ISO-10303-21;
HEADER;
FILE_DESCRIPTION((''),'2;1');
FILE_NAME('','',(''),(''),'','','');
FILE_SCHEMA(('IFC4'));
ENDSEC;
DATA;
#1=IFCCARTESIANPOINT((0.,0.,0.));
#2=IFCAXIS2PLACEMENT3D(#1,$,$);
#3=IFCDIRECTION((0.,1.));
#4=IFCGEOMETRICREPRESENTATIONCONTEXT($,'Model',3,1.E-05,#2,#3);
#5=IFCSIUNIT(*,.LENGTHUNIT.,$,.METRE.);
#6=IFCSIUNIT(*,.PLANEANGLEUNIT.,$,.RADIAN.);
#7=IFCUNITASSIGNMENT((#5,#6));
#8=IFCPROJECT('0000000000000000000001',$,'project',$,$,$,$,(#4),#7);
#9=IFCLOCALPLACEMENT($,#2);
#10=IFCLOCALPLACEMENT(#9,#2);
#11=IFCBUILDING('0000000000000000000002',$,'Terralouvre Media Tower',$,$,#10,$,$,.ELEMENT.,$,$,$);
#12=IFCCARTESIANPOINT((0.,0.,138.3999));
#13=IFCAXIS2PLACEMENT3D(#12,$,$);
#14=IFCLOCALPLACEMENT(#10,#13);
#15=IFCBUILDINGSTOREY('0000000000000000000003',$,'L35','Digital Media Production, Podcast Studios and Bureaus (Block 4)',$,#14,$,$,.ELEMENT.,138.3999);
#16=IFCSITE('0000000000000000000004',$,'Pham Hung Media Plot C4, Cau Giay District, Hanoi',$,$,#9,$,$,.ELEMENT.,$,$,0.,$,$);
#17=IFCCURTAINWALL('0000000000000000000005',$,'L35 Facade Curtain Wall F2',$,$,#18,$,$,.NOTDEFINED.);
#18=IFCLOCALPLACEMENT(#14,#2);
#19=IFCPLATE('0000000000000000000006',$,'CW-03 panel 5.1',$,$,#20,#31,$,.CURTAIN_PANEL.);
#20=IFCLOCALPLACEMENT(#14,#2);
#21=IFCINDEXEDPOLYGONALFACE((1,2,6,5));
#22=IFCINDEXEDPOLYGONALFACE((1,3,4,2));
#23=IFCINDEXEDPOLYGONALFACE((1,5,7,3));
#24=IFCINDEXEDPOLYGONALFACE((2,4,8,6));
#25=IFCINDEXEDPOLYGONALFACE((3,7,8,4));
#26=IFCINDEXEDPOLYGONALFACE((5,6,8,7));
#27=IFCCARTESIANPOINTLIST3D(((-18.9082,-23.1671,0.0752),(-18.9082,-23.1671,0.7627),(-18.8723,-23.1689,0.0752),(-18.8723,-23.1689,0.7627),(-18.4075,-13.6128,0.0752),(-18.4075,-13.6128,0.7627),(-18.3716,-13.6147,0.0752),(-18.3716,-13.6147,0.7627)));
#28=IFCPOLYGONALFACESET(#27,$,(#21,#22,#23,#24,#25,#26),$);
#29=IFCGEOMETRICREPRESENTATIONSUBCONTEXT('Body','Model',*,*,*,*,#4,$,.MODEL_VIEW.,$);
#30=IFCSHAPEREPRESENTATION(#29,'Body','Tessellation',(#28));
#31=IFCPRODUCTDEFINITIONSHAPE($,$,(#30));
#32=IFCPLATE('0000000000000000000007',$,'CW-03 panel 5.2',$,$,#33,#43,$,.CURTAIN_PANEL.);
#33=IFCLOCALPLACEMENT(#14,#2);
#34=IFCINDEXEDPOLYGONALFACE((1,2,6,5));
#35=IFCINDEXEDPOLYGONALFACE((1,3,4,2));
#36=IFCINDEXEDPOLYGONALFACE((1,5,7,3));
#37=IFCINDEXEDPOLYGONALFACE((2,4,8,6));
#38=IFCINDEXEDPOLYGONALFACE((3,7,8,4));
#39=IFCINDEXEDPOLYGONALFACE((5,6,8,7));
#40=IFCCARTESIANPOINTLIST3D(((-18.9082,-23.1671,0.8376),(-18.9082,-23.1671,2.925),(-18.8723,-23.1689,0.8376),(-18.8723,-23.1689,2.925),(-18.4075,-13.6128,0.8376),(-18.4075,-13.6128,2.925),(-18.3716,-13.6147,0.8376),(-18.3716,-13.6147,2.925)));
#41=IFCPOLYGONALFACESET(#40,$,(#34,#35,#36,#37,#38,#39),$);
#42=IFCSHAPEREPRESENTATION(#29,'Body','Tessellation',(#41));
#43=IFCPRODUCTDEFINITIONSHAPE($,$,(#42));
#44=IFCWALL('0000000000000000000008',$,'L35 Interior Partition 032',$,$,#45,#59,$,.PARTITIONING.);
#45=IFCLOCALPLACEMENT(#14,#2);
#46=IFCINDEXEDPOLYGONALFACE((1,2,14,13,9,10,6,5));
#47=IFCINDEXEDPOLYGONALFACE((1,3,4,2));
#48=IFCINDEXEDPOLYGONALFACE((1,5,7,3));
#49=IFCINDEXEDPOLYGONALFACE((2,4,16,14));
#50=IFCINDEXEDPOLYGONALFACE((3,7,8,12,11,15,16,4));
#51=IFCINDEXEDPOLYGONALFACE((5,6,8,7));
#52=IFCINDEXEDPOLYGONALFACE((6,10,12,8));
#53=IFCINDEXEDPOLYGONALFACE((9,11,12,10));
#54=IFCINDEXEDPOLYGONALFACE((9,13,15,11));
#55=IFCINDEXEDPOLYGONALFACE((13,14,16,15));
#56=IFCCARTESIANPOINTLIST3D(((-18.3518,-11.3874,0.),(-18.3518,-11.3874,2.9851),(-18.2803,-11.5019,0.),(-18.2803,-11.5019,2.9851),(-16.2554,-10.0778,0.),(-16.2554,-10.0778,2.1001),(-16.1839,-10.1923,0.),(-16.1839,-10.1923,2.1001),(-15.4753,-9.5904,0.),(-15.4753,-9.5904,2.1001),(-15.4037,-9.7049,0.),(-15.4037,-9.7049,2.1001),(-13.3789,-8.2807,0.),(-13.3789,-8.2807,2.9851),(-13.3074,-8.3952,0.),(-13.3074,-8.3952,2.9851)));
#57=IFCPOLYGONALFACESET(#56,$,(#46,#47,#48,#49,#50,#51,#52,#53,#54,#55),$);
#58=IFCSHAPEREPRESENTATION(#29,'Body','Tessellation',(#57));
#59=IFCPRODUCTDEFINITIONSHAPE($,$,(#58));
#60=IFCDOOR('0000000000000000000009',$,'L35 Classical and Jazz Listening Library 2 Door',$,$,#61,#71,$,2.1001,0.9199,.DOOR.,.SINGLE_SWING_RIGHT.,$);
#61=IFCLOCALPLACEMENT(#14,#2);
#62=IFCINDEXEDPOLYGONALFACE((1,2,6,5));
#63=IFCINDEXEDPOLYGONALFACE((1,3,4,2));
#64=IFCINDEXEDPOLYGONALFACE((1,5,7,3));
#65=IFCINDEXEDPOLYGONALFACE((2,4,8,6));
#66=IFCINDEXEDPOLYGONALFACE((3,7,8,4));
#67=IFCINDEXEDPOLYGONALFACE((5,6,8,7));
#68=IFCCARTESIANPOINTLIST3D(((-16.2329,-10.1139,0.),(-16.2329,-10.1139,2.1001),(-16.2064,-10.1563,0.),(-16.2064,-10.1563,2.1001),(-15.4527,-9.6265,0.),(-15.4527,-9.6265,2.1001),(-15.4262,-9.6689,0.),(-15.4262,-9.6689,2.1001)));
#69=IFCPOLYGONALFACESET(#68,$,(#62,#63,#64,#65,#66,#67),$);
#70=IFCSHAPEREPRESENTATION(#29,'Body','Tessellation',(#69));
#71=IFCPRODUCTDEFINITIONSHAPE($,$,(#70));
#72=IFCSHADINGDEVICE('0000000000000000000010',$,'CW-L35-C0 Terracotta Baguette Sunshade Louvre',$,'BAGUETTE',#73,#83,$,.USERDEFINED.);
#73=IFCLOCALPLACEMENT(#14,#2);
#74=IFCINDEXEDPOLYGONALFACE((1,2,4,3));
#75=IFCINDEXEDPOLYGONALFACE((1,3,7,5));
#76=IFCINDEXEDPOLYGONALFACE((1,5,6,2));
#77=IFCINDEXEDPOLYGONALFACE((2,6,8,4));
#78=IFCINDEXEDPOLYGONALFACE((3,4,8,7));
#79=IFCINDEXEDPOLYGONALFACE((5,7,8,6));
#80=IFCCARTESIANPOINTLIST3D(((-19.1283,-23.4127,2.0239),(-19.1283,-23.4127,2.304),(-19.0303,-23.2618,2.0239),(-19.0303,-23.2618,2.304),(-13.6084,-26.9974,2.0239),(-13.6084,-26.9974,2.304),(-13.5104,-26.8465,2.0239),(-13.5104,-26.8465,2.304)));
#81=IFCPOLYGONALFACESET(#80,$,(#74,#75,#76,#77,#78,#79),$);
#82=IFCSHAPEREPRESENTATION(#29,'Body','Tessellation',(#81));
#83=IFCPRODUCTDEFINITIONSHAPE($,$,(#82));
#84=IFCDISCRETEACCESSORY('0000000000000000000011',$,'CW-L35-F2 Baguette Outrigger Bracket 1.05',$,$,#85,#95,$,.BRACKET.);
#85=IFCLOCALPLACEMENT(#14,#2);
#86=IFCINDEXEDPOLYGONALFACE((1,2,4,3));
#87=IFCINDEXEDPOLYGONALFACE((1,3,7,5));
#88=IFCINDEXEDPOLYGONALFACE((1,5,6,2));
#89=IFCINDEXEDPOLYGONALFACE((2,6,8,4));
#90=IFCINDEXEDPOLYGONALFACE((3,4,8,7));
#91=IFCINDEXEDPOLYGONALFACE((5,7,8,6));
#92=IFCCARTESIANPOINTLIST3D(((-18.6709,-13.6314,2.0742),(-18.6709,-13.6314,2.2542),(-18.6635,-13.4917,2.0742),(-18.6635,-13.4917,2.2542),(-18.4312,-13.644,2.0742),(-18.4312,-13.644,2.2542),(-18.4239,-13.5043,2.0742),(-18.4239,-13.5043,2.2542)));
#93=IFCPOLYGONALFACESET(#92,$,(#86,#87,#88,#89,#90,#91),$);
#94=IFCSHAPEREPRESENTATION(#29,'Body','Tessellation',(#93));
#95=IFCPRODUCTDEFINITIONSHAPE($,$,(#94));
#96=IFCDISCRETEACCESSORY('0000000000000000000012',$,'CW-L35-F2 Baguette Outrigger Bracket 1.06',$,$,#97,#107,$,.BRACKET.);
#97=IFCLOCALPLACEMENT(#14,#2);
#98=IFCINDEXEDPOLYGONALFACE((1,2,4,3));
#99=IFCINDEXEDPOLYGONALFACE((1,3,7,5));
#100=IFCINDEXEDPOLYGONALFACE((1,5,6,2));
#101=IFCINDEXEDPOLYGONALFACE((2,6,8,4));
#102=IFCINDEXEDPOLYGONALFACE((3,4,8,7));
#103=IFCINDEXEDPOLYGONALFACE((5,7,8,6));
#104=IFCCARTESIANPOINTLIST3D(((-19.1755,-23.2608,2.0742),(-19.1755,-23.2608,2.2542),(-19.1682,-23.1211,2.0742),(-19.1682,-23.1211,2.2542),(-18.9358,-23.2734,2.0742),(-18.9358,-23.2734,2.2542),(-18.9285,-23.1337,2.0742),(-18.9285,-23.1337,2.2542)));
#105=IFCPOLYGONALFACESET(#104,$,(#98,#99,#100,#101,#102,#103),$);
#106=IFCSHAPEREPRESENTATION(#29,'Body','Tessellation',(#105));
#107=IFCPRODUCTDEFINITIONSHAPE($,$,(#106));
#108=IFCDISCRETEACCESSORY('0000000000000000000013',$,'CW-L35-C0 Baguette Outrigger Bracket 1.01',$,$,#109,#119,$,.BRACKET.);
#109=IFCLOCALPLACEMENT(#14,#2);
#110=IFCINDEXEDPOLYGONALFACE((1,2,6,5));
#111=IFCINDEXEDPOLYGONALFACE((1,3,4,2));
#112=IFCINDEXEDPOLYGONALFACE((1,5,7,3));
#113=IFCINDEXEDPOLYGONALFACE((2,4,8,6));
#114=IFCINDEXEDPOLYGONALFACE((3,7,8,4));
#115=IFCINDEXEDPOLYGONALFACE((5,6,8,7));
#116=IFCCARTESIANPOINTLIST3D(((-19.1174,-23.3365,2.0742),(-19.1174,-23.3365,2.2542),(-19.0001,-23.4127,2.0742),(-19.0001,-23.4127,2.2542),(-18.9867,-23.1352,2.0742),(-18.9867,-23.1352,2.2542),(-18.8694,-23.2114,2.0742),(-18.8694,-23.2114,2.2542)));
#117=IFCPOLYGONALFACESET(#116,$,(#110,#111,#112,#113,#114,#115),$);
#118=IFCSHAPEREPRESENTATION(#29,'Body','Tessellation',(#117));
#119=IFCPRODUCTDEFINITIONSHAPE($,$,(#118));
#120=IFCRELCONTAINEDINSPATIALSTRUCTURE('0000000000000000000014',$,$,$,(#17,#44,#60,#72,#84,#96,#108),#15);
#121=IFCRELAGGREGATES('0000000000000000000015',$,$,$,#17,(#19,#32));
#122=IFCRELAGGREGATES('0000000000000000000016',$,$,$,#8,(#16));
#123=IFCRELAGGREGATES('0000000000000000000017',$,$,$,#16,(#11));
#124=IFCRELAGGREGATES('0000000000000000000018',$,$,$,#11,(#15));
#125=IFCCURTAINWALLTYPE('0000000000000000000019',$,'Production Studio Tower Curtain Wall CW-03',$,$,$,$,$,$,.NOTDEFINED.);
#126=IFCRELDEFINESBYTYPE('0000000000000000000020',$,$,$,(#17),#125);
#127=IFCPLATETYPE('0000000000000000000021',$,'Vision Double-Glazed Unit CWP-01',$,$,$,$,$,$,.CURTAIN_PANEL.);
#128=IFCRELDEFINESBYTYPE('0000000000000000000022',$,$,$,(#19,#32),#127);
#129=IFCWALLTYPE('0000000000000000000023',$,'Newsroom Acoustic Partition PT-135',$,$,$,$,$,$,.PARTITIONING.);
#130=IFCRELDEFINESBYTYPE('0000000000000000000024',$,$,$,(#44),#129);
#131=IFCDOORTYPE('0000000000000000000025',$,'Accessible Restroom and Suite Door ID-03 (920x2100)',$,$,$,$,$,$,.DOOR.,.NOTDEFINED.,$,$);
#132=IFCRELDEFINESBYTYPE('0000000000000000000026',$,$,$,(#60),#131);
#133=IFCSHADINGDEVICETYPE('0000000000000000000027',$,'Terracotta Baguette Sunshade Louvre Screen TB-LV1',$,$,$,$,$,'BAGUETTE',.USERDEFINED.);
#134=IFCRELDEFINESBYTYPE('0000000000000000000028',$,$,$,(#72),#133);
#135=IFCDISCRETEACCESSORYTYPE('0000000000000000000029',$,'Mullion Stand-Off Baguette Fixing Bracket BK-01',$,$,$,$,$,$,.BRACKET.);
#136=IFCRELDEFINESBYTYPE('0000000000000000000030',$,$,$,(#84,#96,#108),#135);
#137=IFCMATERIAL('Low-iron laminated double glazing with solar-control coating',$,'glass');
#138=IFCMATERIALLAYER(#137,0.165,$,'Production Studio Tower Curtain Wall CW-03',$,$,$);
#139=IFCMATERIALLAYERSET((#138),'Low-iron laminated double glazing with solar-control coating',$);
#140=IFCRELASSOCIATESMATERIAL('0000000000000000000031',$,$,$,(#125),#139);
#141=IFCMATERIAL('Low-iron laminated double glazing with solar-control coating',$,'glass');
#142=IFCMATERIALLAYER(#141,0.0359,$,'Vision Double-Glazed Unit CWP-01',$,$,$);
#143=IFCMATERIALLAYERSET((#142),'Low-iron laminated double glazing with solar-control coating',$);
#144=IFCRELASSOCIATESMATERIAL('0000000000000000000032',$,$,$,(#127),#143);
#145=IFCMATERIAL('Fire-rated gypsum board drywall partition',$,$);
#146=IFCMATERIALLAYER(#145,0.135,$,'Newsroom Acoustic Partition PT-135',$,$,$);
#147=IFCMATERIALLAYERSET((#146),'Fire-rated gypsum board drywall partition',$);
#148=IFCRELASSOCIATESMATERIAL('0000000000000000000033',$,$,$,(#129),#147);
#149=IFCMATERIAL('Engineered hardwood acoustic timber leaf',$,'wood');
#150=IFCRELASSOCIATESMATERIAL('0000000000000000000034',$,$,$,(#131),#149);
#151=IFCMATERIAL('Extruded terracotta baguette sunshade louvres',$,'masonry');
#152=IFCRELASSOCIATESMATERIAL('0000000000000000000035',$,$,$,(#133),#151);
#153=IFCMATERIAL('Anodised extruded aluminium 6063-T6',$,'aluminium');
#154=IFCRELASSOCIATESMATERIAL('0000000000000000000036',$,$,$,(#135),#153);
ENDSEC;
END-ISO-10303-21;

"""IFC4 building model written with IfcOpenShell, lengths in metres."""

from ifc_helpers import new_model, si_unit, direction, frame, frame_2d, origin, origin_2d, place, context, subcontext, project, spatial, rectangle, extrude, material, layer, layer_set, type_object, element, fill, aggregate, save


model = new_model("IFC4")

# Units and contexts
model_context = context("Model", 3, precision=1e-05, world=origin(), true_north=direction((0.0, 1.0)))
body_context = subcontext(model_context, "Body", "Model", "MODEL_VIEW")
ifc_project = project(units=[si_unit("LENGTHUNIT", "METRE"), si_unit("PLANEANGLEUNIT", "RADIAN")], contexts=[model_context])

# Site, building, storey
site_placement = place(None, origin())
site = spatial("IfcSite", under=ifc_project, at=site_placement, Name="Pham Hung Media Plot C4, Cau Giay District, Hanoi", CompositionType="ELEMENT", RefElevation=0.0)
building_placement = place(site_placement, origin())
building = spatial("IfcBuilding", under=site, at=building_placement, Name="Terralouvre Media Tower", CompositionType="ELEMENT")
storey_placement = place(building_placement, frame((0.0, 0.0, 138.3999)))
storey = spatial("IfcBuildingStorey", under=building, at=storey_placement, Name="L35", Description="Digital Media Production, Podcast Studios and Bureaus (Block 4)", CompositionType="ELEMENT", Elevation=138.3999)

# Curtain wall
ifc_material_1 = material(Name="Low-iron laminated double glazing with solar-control coating", Category="glass")
ifc_layer_1 = layer(ifc_material_1, 0.165, Name="Production Studio Tower Curtain Wall CW-03")
ifc_layer_set_1 = layer_set([ifc_layer_1], Name="Low-iron laminated double glazing with solar-control coating")
curtain_wall_type_1 = type_object("IfcCurtainWallType", Name="Production Studio Tower Curtain Wall CW-03", PredefinedType="NOTDEFINED", material=ifc_layer_set_1)
curtain_wall_1_placement = place(storey_placement, origin())
curtain_wall_1 = element("IfcCurtainWall", 1, at=curtain_wall_1_placement, inside=storey, type_object=curtain_wall_type_1, Name="L35 Facade Curtain Wall F2", PredefinedType="NOTDEFINED")

# Plates
ifc_material_2 = material(Name="Low-iron laminated double glazing with solar-control coating", Category="glass")
ifc_layer_2 = layer(ifc_material_2, 0.0359, Name="Vision Double-Glazed Unit CWP-01")
ifc_layer_set_2 = layer_set([ifc_layer_2], Name="Low-iron laminated double glazing with solar-control coating")
plate_type_1 = type_object("IfcPlateType", Name="Vision Double-Glazed Unit CWP-01", PredefinedType="CURTAIN_PANEL", material=ifc_layer_set_2)
plate_1_placement = place(storey_placement, frame((-18.6399, -18.3909, 0.0752), z_axis=(0.0, 0.0, 1.0), x_axis=(-0.052336, -0.99863, 0.0)))
plate_1 = element("IfcPlate", 2, at=plate_1_placement, type_object=plate_type_1, Name="CW-03 panel 5.1", PredefinedType="CURTAIN_PANEL", context=body_context, shape_type="SweptSolid", body=[
    extrude(rectangle(XDim=9.5674, YDim=0.0359, at=origin_2d()), origin(), (0.0, 0.0, 1.0), 0.6875),
])
plate_2_placement = place(storey_placement, frame((-18.6399, -18.3909, 0.8376), z_axis=(0.0, 0.0, 1.0), x_axis=(-0.052336, -0.99863, 0.0)))
plate_2 = element("IfcPlate", 3, at=plate_2_placement, type_object=plate_type_1, Name="CW-03 panel 5.2", PredefinedType="CURTAIN_PANEL", context=body_context, shape_type="SweptSolid", body=[
    extrude(rectangle(XDim=9.5674, YDim=0.0359, at=origin_2d()), origin(), (0.0, 0.0, 1.0), 2.0874),
])
aggregate(curtain_wall_1, [plate_1, plate_2])

# Wall, opening, door
ifc_material_3 = material(Name="Fire-rated gypsum board drywall partition")
ifc_layer_3 = layer(ifc_material_3, 0.135, Name="Newsroom Acoustic Partition PT-135")
ifc_layer_set_3 = layer_set([ifc_layer_3], Name="Fire-rated gypsum board drywall partition")
wall_type = type_object("IfcWallType", Name="Newsroom Acoustic Partition PT-135", PredefinedType="PARTITIONING", material=ifc_layer_set_3)
wall_placement = place(storey_placement, frame((-18.3159, -11.4446, 0.0), z_axis=(0.0, 0.0, 1.0), x_axis=(0.848104, 0.529831, 0.0)))
wall = element("IfcWall", 4, at=wall_placement, inside=storey, type_object=wall_type, Name="L35 Interior Partition 032", PredefinedType="PARTITIONING", context=body_context, shape_type="SweptSolid", body=[
    extrude(rectangle(XDim=5.8635, YDim=0.135, at=frame_2d((2.9316, 0.0))), origin(), (0.0, 0.0, 1.0), 2.9851),
])
opening_placement = place(wall_placement, frame((2.4717, 0.0, 0.0)))
opening = element("IfcOpeningElement", 5, at=opening_placement, cuts=wall, PredefinedType="OPENING", context=body_context, shape_type="SweptSolid", body=[
    extrude(rectangle(XDim=0.9199, YDim=2.1001, at=frame_2d((0.46, 1.05))), frame((0.0, 0.0774, 0.0), z_axis=(0.0, -1.0, 0.0), x_axis=(1.0, 0.0, 0.0)), (0.0, 0.0, 1.0), 0.155),
])
ifc_material_4 = material(Name="Engineered hardwood acoustic timber leaf", Category="wood")
door_type = type_object("IfcDoorType", Name="Accessible Restroom and Suite Door ID-03 (920x2100)", OperationType="NOTDEFINED", PredefinedType="DOOR", material=ifc_material_4)
door_placement = place(opening_placement, origin())
door = element("IfcDoor", 6, at=door_placement, inside=storey, type_object=door_type, Name="L35 Classical and Jazz Listening Library 2 Door", OperationType="SINGLE_SWING_RIGHT", OverallHeight=2.1001, OverallWidth=0.9199, PredefinedType="DOOR", context=body_context, shape_type="SweptSolid", body=[
    extrude(rectangle(XDim=0.9199, YDim=2.1001, at=frame_2d((0.46, 1.05))), frame((0.0, 0.0249, 0.0), z_axis=(0.0, -1.0, 0.0), x_axis=(1.0, 0.0, 0.0)), (0.0, 0.0, 1.0), 0.05),
])
fill(opening, door)

# Shading device
ifc_material_5 = material(Name="Extruded terracotta baguette sunshade louvres", Category="masonry")
shading_device_type = type_object("IfcShadingDeviceType", Name="Terracotta Baguette Sunshade Louvre Screen TB-LV1", ElementType="BAGUETTE", PredefinedType="USERDEFINED", material=ifc_material_5)
shading_device_placement = place(storey_placement, frame((-16.3193, -25.1296, 2.0239), z_axis=(0.0, 0.0, 1.0), x_axis=(0.83867, -0.544639, 0.0)))
element("IfcShadingDevice", 7, at=shading_device_placement, inside=storey, type_object=shading_device_type, Name="CW-L35-C0 Terracotta Baguette Sunshade Louvre", ObjectType="BAGUETTE", PredefinedType="USERDEFINED", context=body_context, shape_type="SweptSolid", body=[
    extrude(rectangle(XDim=6.5818, YDim=0.1799, at=origin_2d()), origin(), (0.0, 0.0, 1.0), 0.28),
])

# Discrete accessories
ifc_material_6 = material(Name="Anodised extruded aluminium 6063-T6", Category="aluminium")
discrete_accessory_type = type_object("IfcDiscreteAccessoryType", Name="Mullion Stand-Off Baguette Fixing Bracket BK-01", PredefinedType="BRACKET", material=ifc_material_6)
for number, where, z_axis, x_axis, name in (
    (8, (-18.5474, -13.5679, 2.0742), (0.0, 0.0, 1.0), (-0.052336, -0.99863, 0.0), "CW-L35-F2 Baguette Outrigger Bracket 1.05"),
    (9, (-19.052, -23.1973, 2.0742), (0.0, 0.0, 1.0), (-0.052336, -0.99863, 0.0), "CW-L35-F2 Baguette Outrigger Bracket 1.06"),
    (10, (-18.9934, -23.2739, 2.0742), (0.0, 0.0, 1.0), (0.83867, -0.544639, 0.0), "CW-L35-C0 Baguette Outrigger Bracket 1.01"),
):
    element("IfcDiscreteAccessory", number, at=place(storey_placement, frame(where, z_axis=z_axis, x_axis=x_axis)), inside=storey, type_object=discrete_accessory_type, Name=name, PredefinedType="BRACKET", context=body_context, shape_type="SweptSolid", body=[
        extrude(rectangle(XDim=0.1399, YDim=0.24, at=origin_2d()), origin(), (0.0, 0.0, 1.0), 0.1799),
    ])

save(model, "model.ifc")
